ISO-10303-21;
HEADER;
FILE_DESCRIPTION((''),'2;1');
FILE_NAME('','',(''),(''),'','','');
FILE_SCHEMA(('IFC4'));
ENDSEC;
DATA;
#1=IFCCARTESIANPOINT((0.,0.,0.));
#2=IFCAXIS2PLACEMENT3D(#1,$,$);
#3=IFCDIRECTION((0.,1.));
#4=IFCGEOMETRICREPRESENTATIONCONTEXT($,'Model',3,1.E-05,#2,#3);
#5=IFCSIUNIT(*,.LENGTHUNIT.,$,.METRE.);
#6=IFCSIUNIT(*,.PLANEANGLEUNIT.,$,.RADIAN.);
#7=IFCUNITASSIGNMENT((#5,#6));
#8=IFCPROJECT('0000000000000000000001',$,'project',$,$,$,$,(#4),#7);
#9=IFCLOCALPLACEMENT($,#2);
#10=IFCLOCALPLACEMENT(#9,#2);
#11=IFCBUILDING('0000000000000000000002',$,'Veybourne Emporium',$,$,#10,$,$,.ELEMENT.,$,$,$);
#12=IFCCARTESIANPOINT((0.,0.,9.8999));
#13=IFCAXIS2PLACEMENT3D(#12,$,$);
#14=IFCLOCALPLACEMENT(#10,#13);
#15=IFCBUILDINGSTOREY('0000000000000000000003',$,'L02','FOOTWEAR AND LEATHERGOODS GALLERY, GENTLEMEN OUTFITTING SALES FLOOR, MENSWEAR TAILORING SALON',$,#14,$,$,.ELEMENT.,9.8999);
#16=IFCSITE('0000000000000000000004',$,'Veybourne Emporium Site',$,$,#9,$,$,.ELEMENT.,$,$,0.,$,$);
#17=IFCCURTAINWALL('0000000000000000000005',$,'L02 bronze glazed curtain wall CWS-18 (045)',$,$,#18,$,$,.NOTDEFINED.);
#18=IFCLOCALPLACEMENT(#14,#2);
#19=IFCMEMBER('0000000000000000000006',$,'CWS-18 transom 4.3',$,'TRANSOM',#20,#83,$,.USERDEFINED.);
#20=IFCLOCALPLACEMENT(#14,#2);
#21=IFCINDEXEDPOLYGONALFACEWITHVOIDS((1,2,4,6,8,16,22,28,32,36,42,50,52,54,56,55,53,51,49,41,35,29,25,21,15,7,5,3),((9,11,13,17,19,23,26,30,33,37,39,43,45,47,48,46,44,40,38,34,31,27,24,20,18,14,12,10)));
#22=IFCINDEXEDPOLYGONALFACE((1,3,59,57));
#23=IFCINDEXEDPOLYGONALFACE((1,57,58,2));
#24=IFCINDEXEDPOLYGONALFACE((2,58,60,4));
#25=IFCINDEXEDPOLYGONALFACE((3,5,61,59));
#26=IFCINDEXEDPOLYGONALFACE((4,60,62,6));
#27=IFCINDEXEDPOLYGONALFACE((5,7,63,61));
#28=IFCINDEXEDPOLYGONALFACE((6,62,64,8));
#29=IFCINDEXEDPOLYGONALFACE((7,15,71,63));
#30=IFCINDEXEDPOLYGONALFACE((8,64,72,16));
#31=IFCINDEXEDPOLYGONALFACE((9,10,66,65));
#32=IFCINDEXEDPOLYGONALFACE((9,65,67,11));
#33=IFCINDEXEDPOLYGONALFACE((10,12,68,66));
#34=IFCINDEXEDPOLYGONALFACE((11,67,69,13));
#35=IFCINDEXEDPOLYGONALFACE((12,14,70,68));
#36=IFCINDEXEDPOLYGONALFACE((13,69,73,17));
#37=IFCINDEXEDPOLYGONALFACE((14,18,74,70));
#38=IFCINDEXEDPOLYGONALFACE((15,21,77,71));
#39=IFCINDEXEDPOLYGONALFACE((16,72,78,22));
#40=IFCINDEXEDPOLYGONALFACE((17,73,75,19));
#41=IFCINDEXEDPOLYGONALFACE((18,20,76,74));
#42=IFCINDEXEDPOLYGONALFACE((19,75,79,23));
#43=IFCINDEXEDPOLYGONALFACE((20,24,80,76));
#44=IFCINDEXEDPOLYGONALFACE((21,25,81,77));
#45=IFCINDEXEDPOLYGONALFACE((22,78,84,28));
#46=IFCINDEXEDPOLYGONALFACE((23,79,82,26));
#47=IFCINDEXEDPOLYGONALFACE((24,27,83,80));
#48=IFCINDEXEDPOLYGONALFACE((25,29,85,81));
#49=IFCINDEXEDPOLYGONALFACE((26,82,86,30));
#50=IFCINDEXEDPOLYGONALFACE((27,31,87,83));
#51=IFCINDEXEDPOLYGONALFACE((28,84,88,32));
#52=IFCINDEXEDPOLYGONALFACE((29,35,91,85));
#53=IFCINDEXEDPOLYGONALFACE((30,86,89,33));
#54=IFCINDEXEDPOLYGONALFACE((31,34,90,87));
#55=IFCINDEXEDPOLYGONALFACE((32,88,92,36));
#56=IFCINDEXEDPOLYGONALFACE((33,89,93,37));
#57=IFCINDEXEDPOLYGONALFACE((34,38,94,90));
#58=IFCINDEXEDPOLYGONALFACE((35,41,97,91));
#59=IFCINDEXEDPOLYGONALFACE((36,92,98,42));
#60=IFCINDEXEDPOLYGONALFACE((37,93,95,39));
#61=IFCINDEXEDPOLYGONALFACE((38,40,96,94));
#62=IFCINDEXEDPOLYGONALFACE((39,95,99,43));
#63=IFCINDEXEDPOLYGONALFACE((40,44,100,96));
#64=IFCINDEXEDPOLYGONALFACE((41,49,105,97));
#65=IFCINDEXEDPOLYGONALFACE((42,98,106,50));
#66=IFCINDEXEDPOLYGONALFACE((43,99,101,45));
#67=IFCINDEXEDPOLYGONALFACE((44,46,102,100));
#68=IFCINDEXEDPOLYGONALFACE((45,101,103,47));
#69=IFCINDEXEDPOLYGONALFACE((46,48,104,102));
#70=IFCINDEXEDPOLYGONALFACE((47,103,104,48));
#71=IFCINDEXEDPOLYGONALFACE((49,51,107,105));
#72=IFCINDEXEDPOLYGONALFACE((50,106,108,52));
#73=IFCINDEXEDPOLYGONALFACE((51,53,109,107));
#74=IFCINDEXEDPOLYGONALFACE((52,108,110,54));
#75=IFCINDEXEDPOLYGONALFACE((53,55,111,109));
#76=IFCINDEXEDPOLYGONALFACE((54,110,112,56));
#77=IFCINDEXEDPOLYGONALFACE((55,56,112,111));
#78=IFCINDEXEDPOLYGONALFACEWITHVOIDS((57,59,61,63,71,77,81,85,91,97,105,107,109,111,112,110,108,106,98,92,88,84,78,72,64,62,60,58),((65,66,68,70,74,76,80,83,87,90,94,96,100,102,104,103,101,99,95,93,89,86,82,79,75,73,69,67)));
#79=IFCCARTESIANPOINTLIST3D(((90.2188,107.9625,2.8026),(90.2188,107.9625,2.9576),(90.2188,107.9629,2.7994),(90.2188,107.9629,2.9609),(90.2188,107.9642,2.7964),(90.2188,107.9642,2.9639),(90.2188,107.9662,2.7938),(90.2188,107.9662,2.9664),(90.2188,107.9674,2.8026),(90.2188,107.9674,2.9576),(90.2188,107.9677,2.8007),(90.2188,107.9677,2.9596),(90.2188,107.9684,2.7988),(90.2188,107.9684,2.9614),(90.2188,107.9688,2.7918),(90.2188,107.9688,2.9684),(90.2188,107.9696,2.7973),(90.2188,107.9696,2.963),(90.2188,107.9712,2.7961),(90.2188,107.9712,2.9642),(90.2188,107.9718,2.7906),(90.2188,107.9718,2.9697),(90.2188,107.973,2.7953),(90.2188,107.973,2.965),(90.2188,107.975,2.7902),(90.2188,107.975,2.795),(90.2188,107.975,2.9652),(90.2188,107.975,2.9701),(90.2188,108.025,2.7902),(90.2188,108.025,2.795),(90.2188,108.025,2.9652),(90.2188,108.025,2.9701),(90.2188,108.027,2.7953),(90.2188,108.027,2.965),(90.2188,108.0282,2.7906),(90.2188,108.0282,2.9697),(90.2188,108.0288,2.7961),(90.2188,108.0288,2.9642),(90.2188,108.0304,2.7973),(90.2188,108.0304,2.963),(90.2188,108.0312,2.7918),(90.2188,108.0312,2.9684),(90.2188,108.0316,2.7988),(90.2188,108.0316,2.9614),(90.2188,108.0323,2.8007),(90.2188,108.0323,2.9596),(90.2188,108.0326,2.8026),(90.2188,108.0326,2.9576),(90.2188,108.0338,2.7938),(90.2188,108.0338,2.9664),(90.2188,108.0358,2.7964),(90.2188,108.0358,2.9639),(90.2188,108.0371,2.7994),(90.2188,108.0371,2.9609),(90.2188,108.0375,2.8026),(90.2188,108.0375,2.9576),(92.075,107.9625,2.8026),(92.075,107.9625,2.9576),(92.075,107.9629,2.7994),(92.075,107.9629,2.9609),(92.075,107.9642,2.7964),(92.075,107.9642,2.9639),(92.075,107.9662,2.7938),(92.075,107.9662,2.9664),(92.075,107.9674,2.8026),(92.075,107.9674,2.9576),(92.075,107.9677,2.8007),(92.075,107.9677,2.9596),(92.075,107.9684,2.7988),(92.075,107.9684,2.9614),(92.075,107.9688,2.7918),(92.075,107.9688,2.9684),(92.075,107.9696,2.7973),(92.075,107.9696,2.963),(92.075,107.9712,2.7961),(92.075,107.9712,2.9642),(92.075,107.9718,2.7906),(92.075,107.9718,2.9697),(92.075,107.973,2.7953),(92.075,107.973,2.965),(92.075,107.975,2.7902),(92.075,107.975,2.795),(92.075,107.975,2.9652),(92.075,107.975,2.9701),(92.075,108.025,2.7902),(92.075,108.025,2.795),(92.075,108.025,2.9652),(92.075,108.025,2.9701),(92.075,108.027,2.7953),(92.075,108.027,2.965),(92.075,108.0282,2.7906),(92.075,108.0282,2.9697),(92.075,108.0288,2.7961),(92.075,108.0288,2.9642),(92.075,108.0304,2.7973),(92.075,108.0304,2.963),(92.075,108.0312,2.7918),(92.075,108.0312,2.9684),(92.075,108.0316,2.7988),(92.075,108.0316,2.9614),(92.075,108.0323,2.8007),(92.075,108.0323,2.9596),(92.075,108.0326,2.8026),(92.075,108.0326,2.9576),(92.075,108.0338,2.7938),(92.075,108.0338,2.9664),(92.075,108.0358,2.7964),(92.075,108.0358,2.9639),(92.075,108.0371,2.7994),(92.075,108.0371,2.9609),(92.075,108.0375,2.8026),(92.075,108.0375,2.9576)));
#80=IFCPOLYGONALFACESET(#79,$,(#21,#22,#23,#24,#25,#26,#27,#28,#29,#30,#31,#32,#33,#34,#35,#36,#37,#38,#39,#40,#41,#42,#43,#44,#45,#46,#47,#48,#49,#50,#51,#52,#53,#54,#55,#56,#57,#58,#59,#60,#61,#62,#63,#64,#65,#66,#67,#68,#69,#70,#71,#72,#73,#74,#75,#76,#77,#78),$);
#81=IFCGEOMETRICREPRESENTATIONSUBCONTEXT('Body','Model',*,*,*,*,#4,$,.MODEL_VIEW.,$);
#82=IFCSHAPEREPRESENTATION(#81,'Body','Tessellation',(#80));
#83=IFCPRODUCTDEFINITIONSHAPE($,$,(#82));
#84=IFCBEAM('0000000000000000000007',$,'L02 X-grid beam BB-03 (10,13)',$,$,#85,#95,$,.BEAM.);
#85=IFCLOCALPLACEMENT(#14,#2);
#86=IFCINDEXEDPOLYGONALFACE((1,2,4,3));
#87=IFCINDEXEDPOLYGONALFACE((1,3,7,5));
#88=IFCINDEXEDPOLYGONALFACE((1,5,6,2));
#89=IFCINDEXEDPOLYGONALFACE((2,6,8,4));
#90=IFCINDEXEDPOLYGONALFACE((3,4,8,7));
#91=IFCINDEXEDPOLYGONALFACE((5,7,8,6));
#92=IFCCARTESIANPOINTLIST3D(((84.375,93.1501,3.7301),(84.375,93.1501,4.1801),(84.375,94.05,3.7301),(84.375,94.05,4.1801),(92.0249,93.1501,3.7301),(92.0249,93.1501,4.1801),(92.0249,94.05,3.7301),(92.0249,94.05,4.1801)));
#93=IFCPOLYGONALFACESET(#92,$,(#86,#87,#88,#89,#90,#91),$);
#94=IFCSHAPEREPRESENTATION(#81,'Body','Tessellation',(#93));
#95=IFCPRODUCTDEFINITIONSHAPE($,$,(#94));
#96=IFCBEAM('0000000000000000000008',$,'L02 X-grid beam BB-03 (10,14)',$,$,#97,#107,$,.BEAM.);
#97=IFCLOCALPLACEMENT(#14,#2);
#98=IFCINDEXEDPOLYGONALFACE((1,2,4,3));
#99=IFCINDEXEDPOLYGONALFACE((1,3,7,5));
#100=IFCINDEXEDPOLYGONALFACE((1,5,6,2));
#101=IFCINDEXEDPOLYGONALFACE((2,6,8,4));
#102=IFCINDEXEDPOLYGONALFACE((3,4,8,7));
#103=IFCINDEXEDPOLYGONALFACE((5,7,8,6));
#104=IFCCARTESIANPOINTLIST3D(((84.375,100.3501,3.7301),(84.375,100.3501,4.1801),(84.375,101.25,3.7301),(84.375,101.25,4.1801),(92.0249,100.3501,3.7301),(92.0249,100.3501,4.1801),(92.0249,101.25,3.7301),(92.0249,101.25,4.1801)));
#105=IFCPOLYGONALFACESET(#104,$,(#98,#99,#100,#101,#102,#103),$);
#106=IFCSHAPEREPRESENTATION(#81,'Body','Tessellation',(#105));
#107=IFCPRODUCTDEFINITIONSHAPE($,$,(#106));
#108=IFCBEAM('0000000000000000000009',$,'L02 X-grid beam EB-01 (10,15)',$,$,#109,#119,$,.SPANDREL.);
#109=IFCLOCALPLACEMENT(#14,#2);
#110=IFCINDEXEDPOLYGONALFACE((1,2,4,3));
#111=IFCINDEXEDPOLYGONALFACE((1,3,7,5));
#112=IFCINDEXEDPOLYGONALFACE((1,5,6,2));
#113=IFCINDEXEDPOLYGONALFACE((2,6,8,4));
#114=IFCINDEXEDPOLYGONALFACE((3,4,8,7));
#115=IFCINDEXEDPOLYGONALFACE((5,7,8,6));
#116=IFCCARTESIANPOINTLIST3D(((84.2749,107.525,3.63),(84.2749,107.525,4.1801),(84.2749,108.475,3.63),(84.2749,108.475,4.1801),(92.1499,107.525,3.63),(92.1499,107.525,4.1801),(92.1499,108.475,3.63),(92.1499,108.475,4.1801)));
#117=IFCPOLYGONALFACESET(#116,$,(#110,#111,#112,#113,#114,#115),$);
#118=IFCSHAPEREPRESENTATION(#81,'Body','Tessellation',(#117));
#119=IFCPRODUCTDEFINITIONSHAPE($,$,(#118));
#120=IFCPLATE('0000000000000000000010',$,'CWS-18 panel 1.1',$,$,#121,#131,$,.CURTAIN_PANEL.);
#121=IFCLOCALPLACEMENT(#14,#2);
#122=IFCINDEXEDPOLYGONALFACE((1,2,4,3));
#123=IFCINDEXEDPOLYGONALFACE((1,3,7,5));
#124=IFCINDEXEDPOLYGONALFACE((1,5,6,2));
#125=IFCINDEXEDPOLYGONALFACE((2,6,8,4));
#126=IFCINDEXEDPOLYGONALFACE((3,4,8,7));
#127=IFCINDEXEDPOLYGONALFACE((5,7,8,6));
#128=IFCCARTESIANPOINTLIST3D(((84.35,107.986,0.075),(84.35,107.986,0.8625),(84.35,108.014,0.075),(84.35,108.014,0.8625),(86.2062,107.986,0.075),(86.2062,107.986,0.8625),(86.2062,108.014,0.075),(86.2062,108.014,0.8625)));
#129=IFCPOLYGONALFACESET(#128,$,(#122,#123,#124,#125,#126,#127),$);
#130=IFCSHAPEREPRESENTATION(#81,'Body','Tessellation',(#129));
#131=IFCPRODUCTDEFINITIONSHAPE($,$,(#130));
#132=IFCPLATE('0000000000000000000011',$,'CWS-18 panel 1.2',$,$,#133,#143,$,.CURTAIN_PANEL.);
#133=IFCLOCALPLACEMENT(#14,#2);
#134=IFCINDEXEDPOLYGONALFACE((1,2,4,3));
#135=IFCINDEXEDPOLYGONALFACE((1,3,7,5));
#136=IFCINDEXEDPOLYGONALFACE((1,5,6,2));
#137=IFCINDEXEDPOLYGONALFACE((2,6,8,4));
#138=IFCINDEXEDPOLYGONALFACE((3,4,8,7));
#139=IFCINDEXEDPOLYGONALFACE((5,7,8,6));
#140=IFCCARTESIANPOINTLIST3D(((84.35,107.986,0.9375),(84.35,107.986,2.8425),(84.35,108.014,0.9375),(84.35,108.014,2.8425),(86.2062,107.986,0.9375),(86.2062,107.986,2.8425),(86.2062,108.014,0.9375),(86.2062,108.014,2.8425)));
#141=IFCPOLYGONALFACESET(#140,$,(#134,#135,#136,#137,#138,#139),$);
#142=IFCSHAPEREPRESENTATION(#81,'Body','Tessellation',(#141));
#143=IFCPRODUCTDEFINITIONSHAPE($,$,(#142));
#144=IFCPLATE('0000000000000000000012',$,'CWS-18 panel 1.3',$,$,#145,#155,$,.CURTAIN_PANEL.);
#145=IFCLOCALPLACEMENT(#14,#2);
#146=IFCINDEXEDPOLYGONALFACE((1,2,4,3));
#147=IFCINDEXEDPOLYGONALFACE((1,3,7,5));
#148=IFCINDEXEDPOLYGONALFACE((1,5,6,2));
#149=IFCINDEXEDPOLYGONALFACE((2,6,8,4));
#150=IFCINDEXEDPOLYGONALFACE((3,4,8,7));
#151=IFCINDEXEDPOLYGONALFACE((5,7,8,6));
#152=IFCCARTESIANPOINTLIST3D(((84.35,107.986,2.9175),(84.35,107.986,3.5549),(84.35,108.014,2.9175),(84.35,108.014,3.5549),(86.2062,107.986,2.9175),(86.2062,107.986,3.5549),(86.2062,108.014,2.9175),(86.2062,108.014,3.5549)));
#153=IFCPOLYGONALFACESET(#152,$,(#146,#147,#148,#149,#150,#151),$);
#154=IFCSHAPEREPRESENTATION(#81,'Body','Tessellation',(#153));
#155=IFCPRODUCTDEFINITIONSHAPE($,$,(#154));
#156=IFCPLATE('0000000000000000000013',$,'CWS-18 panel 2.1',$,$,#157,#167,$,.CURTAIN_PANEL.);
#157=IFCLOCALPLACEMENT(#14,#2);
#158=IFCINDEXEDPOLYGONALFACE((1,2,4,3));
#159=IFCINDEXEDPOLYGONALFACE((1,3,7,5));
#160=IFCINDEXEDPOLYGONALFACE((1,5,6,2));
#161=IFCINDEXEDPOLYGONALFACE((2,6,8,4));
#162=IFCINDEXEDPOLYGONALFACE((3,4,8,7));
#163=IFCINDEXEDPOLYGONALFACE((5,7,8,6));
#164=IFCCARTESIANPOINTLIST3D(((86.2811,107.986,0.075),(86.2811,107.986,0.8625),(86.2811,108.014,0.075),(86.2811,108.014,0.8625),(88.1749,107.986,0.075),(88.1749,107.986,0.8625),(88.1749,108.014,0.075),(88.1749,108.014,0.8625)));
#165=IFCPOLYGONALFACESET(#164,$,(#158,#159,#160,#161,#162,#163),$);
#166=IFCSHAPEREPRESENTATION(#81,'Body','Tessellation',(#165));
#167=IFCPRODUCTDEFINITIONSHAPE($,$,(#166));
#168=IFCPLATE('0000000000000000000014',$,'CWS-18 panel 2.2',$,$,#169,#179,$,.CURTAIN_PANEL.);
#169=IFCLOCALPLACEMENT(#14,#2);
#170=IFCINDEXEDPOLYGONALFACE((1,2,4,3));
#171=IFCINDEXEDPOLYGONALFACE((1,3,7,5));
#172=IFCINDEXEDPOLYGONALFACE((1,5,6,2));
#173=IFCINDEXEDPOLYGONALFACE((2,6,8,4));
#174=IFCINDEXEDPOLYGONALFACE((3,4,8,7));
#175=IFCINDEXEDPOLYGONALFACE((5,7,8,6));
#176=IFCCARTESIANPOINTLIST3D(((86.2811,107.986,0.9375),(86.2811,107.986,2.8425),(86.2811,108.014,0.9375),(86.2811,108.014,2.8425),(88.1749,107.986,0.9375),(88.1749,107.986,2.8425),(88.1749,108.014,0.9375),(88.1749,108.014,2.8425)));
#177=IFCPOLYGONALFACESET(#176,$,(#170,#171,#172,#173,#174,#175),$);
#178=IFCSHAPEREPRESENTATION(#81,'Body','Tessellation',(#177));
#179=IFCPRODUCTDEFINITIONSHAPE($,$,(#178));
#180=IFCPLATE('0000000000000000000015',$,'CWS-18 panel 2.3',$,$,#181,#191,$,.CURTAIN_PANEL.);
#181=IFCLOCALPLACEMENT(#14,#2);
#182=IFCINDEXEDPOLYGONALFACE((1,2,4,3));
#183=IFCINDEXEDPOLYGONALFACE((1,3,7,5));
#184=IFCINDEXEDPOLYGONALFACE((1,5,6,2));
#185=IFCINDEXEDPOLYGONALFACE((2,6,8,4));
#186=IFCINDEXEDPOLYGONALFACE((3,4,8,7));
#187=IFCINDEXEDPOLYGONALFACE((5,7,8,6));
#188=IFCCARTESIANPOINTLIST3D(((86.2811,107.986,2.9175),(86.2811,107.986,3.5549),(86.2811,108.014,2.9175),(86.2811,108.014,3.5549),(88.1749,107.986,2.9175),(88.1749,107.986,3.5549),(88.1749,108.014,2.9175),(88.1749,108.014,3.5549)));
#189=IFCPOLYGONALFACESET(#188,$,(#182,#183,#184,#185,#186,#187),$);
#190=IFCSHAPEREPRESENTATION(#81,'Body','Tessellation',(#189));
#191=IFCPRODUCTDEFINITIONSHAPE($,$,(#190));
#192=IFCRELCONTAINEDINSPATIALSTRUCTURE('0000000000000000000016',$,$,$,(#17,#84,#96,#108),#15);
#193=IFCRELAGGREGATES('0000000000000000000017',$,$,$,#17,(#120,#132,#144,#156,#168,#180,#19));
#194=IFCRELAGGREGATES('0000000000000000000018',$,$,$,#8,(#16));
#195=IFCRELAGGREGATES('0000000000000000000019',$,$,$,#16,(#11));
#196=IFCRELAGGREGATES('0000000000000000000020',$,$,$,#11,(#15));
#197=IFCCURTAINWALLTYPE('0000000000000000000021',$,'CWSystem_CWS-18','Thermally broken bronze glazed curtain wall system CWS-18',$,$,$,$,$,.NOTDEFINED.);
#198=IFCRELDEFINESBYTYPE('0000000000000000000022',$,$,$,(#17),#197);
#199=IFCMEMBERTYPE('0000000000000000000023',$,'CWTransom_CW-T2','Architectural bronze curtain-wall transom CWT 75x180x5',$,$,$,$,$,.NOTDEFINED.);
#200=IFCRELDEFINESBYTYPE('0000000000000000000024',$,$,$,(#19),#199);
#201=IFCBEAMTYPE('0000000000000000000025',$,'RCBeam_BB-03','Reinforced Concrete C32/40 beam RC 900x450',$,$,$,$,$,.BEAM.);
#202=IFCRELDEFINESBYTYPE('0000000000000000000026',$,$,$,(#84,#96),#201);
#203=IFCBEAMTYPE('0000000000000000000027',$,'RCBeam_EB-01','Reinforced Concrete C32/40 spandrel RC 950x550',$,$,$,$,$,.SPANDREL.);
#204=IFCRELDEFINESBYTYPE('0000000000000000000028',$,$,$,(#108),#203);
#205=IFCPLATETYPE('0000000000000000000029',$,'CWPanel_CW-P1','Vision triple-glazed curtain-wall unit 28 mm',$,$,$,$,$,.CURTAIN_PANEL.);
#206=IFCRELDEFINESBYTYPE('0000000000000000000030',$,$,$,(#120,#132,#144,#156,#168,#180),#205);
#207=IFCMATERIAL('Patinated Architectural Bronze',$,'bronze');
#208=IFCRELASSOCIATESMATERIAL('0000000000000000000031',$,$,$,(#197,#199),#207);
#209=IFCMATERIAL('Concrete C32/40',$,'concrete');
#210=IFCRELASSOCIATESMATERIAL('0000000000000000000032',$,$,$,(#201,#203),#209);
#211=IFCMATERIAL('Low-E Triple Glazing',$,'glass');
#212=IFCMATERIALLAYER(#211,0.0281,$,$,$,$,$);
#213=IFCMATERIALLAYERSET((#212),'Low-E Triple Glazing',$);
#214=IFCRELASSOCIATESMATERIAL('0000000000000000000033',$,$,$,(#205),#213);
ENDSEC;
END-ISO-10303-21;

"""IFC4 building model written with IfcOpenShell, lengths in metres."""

from ifc_helpers import new_model, si_unit, direction, frame, origin, origin_2d, place, context, subcontext, project, spatial, rectangle, hollow_rectangle, extrude, material, layer, layer_set, material_profile, profile_set, type_object, element, aggregate, save


model = new_model("IFC4")

# Units and contexts
model_context = context("Model", 3, precision=1e-05, world=origin(), true_north=direction((0.0, 1.0)))
body_context = subcontext(model_context, "Body", "Model", "MODEL_VIEW")
ifc_project = project(units=[si_unit("LENGTHUNIT", "METRE"), si_unit("PLANEANGLEUNIT", "RADIAN")], contexts=[model_context])

# Site, building, storey
site_placement = place(None, origin())
site = spatial("IfcSite", under=ifc_project, at=site_placement, Name="Veybourne Emporium Site", CompositionType="ELEMENT", RefElevation=0.0)
building_placement = place(site_placement, origin())
building = spatial("IfcBuilding", under=site, at=building_placement, Name="Veybourne Emporium", CompositionType="ELEMENT")
storey_placement = place(building_placement, frame((0.0, 0.0, 9.8999)))
storey = spatial("IfcBuildingStorey", under=building, at=storey_placement, Name="L02", Description="FOOTWEAR AND LEATHERGOODS GALLERY, GENTLEMEN OUTFITTING SALES FLOOR, MENSWEAR TAILORING SALON", CompositionType="ELEMENT", Elevation=9.8999)

# Curtain wall, member
ifc_material_1 = material(Name="Patinated Architectural Bronze", Category="bronze")
curtain_wall_type = type_object("IfcCurtainWallType", Name="CWSystem_CWS-18", Description="Thermally broken bronze glazed curtain wall system CWS-18", PredefinedType="NOTDEFINED", material=ifc_material_1)
curtain_wall_placement = place(storey_placement, origin())
curtain_wall = element("IfcCurtainWall", 1, at=curtain_wall_placement, inside=storey, type_object=curtain_wall_type, Name="L02 bronze glazed curtain wall CWS-18 (045)", PredefinedType="NOTDEFINED")
ifc_material_profile_1 = material_profile(ifc_material_1, hollow_rectangle(XDim=0.075, YDim=0.1799, WallThickness=0.0049, InnerFilletRadius=0.0076, OuterFilletRadius=0.0125, at=origin_2d()), Name="CWT 75x180x5")
ifc_profile_set_1 = profile_set([ifc_material_profile_1], Name="Patinated Architectural Bronze")
member_type_1 = type_object("IfcMemberType", Name="CWTransom_CW-T2", Description="Architectural bronze curtain-wall transom CWT 75x180x5", PredefinedType="NOTDEFINED", material=ifc_profile_set_1)
member_1_placement = place(storey_placement, frame((90.2188, 108.0, 2.8801), z_axis=(1.0, 0.0, 0.0), x_axis=(0.0, 1.0, 0.0)))
member_1 = element("IfcMember", 2, at=member_1_placement, type_object=member_type_1, Name="CWS-18 transom 4.3", ObjectType="TRANSOM", PredefinedType="USERDEFINED", context=body_context, shape_type="SweptSolid", body=[
    extrude(hollow_rectangle(XDim=0.075, YDim=0.1799, WallThickness=0.0049, InnerFilletRadius=0.0076, OuterFilletRadius=0.0125, at=origin_2d()), origin(), (0.0, 0.0, 1.0), 1.8562),
])

# Beams
ifc_material_2 = material(Name="Concrete C32/40", Category="concrete")
ifc_material_profile_2 = material_profile(ifc_material_2, rectangle(XDim=0.8999, YDim=0.45, at=origin_2d()), Name="RC 900x450")
ifc_profile_set_2 = profile_set([ifc_material_profile_2], Name="Concrete C32/40")
beam_type_1 = type_object("IfcBeamType", Name="RCBeam_BB-03", Description="Reinforced Concrete C32/40 beam RC 900x450", PredefinedType="BEAM", material=ifc_profile_set_2)
for number, where, z_axis, x_axis, name in (
    (3, (84.375, 93.6001, 3.9551), (1.0, 0.0, 0.0), (0.0, 1.0, 0.0), "L02 X-grid beam BB-03 (10,13)"),
    (4, (84.375, 100.8, 3.9551), (1.0, 0.0, 0.0), (0.0, 1.0, 0.0), "L02 X-grid beam BB-03 (10,14)"),
):
    element("IfcBeam", number, at=place(storey_placement, frame(where, z_axis=z_axis, x_axis=x_axis)), inside=storey, type_object=beam_type_1, Name=name, PredefinedType="BEAM", context=body_context, shape_type="SweptSolid", body=[
        extrude(rectangle(XDim=0.8999, YDim=0.45, at=origin_2d()), origin(), (0.0, 0.0, 1.0), 7.6499),
    ])
ifc_material_profile_3 = material_profile(ifc_material_2, rectangle(XDim=0.95, YDim=0.55, at=origin_2d()), Name="RC 950x550")
ifc_profile_set_3 = profile_set([ifc_material_profile_3], Name="Concrete C32/40")
beam_type_2 = type_object("IfcBeamType", Name="RCBeam_EB-01", Description="Reinforced Concrete C32/40 spandrel RC 950x550", PredefinedType="SPANDREL", material=ifc_profile_set_3)
beam_placement = place(storey_placement, frame((84.2749, 108.0, 3.905), z_axis=(1.0, 0.0, 0.0), x_axis=(0.0, 1.0, 0.0)))
element("IfcBeam", 5, at=beam_placement, inside=storey, type_object=beam_type_2, Name="L02 X-grid beam EB-01 (10,15)", PredefinedType="SPANDREL", context=body_context, shape_type="SweptSolid", body=[
    extrude(rectangle(XDim=0.95, YDim=0.55, at=origin_2d()), origin(), (0.0, 0.0, 1.0), 7.875),
])

# Plates
ifc_material_3 = material(Name="Low-E Triple Glazing", Category="glass")
ifc_layer_1 = layer(ifc_material_3, 0.0281)
ifc_layer_set_1 = layer_set([ifc_layer_1], Name="Low-E Triple Glazing")
plate_type = type_object("IfcPlateType", Name="CWPanel_CW-P1", Description="Vision triple-glazed curtain-wall unit 28 mm", PredefinedType="CURTAIN_PANEL", material=ifc_layer_set_1)
plate_1_placement = place(storey_placement, frame((85.2781, 108.0, 0.075), z_axis=(0.0, 0.0, 1.0), x_axis=(1.0, 0.0, 0.0)))
plate_1 = element("IfcPlate", 6, at=plate_1_placement, type_object=plate_type, Name="CWS-18 panel 1.1", PredefinedType="CURTAIN_PANEL", context=body_context, shape_type="SweptSolid", body=[
    extrude(rectangle(XDim=1.8562, YDim=0.0281, at=origin_2d()), origin(), (0.0, 0.0, 1.0), 0.7876),
])
plate_2_placement = place(storey_placement, frame((85.2781, 108.0, 0.9375), z_axis=(0.0, 0.0, 1.0), x_axis=(1.0, 0.0, 0.0)))
plate_2 = element("IfcPlate", 7, at=plate_2_placement, type_object=plate_type, Name="CWS-18 panel 1.2", PredefinedType="CURTAIN_PANEL", context=body_context, shape_type="SweptSolid", body=[
    extrude(rectangle(XDim=1.8562, YDim=0.0281, at=origin_2d()), origin(), (0.0, 0.0, 1.0), 1.905),
])
plate_3_placement = place(storey_placement, frame((85.2781, 108.0, 2.9175), z_axis=(0.0, 0.0, 1.0), x_axis=(1.0, 0.0, 0.0)))
plate_3 = element("IfcPlate", 8, at=plate_3_placement, type_object=plate_type, Name="CWS-18 panel 1.3", PredefinedType="CURTAIN_PANEL", context=body_context, shape_type="SweptSolid", body=[
    extrude(rectangle(XDim=1.8562, YDim=0.0281, at=origin_2d()), origin(), (0.0, 0.0, 1.0), 0.6375),
])
plate_4_placement = place(storey_placement, frame((87.228, 108.0, 0.075), z_axis=(0.0, 0.0, 1.0), x_axis=(1.0, 0.0, 0.0)))
plate_4 = element("IfcPlate", 9, at=plate_4_placement, type_object=plate_type, Name="CWS-18 panel 2.1", PredefinedType="CURTAIN_PANEL", context=body_context, shape_type="SweptSolid", body=[
    extrude(rectangle(XDim=1.8938, YDim=0.0281, at=origin_2d()), origin(), (0.0, 0.0, 1.0), 0.7876),
])
plate_5_placement = place(storey_placement, frame((87.228, 108.0, 0.9375), z_axis=(0.0, 0.0, 1.0), x_axis=(1.0, 0.0, 0.0)))
plate_5 = element("IfcPlate", 10, at=plate_5_placement, type_object=plate_type, Name="CWS-18 panel 2.2", PredefinedType="CURTAIN_PANEL", context=body_context, shape_type="SweptSolid", body=[
    extrude(rectangle(XDim=1.8938, YDim=0.0281, at=origin_2d()), origin(), (0.0, 0.0, 1.0), 1.905),
])
plate_6_placement = place(storey_placement, frame((87.228, 108.0, 2.9175), z_axis=(0.0, 0.0, 1.0), x_axis=(1.0, 0.0, 0.0)))
plate_6 = element("IfcPlate", 11, at=plate_6_placement, type_object=plate_type, Name="CWS-18 panel 2.3", PredefinedType="CURTAIN_PANEL", context=body_context, shape_type="SweptSolid", body=[
    extrude(rectangle(XDim=1.8938, YDim=0.0281, at=origin_2d()), origin(), (0.0, 0.0, 1.0), 0.6375),
])
aggregate(curtain_wall, [plate_1, plate_2, plate_3, plate_4, plate_5, plate_6, member_1])

save(model, "model.ifc")
